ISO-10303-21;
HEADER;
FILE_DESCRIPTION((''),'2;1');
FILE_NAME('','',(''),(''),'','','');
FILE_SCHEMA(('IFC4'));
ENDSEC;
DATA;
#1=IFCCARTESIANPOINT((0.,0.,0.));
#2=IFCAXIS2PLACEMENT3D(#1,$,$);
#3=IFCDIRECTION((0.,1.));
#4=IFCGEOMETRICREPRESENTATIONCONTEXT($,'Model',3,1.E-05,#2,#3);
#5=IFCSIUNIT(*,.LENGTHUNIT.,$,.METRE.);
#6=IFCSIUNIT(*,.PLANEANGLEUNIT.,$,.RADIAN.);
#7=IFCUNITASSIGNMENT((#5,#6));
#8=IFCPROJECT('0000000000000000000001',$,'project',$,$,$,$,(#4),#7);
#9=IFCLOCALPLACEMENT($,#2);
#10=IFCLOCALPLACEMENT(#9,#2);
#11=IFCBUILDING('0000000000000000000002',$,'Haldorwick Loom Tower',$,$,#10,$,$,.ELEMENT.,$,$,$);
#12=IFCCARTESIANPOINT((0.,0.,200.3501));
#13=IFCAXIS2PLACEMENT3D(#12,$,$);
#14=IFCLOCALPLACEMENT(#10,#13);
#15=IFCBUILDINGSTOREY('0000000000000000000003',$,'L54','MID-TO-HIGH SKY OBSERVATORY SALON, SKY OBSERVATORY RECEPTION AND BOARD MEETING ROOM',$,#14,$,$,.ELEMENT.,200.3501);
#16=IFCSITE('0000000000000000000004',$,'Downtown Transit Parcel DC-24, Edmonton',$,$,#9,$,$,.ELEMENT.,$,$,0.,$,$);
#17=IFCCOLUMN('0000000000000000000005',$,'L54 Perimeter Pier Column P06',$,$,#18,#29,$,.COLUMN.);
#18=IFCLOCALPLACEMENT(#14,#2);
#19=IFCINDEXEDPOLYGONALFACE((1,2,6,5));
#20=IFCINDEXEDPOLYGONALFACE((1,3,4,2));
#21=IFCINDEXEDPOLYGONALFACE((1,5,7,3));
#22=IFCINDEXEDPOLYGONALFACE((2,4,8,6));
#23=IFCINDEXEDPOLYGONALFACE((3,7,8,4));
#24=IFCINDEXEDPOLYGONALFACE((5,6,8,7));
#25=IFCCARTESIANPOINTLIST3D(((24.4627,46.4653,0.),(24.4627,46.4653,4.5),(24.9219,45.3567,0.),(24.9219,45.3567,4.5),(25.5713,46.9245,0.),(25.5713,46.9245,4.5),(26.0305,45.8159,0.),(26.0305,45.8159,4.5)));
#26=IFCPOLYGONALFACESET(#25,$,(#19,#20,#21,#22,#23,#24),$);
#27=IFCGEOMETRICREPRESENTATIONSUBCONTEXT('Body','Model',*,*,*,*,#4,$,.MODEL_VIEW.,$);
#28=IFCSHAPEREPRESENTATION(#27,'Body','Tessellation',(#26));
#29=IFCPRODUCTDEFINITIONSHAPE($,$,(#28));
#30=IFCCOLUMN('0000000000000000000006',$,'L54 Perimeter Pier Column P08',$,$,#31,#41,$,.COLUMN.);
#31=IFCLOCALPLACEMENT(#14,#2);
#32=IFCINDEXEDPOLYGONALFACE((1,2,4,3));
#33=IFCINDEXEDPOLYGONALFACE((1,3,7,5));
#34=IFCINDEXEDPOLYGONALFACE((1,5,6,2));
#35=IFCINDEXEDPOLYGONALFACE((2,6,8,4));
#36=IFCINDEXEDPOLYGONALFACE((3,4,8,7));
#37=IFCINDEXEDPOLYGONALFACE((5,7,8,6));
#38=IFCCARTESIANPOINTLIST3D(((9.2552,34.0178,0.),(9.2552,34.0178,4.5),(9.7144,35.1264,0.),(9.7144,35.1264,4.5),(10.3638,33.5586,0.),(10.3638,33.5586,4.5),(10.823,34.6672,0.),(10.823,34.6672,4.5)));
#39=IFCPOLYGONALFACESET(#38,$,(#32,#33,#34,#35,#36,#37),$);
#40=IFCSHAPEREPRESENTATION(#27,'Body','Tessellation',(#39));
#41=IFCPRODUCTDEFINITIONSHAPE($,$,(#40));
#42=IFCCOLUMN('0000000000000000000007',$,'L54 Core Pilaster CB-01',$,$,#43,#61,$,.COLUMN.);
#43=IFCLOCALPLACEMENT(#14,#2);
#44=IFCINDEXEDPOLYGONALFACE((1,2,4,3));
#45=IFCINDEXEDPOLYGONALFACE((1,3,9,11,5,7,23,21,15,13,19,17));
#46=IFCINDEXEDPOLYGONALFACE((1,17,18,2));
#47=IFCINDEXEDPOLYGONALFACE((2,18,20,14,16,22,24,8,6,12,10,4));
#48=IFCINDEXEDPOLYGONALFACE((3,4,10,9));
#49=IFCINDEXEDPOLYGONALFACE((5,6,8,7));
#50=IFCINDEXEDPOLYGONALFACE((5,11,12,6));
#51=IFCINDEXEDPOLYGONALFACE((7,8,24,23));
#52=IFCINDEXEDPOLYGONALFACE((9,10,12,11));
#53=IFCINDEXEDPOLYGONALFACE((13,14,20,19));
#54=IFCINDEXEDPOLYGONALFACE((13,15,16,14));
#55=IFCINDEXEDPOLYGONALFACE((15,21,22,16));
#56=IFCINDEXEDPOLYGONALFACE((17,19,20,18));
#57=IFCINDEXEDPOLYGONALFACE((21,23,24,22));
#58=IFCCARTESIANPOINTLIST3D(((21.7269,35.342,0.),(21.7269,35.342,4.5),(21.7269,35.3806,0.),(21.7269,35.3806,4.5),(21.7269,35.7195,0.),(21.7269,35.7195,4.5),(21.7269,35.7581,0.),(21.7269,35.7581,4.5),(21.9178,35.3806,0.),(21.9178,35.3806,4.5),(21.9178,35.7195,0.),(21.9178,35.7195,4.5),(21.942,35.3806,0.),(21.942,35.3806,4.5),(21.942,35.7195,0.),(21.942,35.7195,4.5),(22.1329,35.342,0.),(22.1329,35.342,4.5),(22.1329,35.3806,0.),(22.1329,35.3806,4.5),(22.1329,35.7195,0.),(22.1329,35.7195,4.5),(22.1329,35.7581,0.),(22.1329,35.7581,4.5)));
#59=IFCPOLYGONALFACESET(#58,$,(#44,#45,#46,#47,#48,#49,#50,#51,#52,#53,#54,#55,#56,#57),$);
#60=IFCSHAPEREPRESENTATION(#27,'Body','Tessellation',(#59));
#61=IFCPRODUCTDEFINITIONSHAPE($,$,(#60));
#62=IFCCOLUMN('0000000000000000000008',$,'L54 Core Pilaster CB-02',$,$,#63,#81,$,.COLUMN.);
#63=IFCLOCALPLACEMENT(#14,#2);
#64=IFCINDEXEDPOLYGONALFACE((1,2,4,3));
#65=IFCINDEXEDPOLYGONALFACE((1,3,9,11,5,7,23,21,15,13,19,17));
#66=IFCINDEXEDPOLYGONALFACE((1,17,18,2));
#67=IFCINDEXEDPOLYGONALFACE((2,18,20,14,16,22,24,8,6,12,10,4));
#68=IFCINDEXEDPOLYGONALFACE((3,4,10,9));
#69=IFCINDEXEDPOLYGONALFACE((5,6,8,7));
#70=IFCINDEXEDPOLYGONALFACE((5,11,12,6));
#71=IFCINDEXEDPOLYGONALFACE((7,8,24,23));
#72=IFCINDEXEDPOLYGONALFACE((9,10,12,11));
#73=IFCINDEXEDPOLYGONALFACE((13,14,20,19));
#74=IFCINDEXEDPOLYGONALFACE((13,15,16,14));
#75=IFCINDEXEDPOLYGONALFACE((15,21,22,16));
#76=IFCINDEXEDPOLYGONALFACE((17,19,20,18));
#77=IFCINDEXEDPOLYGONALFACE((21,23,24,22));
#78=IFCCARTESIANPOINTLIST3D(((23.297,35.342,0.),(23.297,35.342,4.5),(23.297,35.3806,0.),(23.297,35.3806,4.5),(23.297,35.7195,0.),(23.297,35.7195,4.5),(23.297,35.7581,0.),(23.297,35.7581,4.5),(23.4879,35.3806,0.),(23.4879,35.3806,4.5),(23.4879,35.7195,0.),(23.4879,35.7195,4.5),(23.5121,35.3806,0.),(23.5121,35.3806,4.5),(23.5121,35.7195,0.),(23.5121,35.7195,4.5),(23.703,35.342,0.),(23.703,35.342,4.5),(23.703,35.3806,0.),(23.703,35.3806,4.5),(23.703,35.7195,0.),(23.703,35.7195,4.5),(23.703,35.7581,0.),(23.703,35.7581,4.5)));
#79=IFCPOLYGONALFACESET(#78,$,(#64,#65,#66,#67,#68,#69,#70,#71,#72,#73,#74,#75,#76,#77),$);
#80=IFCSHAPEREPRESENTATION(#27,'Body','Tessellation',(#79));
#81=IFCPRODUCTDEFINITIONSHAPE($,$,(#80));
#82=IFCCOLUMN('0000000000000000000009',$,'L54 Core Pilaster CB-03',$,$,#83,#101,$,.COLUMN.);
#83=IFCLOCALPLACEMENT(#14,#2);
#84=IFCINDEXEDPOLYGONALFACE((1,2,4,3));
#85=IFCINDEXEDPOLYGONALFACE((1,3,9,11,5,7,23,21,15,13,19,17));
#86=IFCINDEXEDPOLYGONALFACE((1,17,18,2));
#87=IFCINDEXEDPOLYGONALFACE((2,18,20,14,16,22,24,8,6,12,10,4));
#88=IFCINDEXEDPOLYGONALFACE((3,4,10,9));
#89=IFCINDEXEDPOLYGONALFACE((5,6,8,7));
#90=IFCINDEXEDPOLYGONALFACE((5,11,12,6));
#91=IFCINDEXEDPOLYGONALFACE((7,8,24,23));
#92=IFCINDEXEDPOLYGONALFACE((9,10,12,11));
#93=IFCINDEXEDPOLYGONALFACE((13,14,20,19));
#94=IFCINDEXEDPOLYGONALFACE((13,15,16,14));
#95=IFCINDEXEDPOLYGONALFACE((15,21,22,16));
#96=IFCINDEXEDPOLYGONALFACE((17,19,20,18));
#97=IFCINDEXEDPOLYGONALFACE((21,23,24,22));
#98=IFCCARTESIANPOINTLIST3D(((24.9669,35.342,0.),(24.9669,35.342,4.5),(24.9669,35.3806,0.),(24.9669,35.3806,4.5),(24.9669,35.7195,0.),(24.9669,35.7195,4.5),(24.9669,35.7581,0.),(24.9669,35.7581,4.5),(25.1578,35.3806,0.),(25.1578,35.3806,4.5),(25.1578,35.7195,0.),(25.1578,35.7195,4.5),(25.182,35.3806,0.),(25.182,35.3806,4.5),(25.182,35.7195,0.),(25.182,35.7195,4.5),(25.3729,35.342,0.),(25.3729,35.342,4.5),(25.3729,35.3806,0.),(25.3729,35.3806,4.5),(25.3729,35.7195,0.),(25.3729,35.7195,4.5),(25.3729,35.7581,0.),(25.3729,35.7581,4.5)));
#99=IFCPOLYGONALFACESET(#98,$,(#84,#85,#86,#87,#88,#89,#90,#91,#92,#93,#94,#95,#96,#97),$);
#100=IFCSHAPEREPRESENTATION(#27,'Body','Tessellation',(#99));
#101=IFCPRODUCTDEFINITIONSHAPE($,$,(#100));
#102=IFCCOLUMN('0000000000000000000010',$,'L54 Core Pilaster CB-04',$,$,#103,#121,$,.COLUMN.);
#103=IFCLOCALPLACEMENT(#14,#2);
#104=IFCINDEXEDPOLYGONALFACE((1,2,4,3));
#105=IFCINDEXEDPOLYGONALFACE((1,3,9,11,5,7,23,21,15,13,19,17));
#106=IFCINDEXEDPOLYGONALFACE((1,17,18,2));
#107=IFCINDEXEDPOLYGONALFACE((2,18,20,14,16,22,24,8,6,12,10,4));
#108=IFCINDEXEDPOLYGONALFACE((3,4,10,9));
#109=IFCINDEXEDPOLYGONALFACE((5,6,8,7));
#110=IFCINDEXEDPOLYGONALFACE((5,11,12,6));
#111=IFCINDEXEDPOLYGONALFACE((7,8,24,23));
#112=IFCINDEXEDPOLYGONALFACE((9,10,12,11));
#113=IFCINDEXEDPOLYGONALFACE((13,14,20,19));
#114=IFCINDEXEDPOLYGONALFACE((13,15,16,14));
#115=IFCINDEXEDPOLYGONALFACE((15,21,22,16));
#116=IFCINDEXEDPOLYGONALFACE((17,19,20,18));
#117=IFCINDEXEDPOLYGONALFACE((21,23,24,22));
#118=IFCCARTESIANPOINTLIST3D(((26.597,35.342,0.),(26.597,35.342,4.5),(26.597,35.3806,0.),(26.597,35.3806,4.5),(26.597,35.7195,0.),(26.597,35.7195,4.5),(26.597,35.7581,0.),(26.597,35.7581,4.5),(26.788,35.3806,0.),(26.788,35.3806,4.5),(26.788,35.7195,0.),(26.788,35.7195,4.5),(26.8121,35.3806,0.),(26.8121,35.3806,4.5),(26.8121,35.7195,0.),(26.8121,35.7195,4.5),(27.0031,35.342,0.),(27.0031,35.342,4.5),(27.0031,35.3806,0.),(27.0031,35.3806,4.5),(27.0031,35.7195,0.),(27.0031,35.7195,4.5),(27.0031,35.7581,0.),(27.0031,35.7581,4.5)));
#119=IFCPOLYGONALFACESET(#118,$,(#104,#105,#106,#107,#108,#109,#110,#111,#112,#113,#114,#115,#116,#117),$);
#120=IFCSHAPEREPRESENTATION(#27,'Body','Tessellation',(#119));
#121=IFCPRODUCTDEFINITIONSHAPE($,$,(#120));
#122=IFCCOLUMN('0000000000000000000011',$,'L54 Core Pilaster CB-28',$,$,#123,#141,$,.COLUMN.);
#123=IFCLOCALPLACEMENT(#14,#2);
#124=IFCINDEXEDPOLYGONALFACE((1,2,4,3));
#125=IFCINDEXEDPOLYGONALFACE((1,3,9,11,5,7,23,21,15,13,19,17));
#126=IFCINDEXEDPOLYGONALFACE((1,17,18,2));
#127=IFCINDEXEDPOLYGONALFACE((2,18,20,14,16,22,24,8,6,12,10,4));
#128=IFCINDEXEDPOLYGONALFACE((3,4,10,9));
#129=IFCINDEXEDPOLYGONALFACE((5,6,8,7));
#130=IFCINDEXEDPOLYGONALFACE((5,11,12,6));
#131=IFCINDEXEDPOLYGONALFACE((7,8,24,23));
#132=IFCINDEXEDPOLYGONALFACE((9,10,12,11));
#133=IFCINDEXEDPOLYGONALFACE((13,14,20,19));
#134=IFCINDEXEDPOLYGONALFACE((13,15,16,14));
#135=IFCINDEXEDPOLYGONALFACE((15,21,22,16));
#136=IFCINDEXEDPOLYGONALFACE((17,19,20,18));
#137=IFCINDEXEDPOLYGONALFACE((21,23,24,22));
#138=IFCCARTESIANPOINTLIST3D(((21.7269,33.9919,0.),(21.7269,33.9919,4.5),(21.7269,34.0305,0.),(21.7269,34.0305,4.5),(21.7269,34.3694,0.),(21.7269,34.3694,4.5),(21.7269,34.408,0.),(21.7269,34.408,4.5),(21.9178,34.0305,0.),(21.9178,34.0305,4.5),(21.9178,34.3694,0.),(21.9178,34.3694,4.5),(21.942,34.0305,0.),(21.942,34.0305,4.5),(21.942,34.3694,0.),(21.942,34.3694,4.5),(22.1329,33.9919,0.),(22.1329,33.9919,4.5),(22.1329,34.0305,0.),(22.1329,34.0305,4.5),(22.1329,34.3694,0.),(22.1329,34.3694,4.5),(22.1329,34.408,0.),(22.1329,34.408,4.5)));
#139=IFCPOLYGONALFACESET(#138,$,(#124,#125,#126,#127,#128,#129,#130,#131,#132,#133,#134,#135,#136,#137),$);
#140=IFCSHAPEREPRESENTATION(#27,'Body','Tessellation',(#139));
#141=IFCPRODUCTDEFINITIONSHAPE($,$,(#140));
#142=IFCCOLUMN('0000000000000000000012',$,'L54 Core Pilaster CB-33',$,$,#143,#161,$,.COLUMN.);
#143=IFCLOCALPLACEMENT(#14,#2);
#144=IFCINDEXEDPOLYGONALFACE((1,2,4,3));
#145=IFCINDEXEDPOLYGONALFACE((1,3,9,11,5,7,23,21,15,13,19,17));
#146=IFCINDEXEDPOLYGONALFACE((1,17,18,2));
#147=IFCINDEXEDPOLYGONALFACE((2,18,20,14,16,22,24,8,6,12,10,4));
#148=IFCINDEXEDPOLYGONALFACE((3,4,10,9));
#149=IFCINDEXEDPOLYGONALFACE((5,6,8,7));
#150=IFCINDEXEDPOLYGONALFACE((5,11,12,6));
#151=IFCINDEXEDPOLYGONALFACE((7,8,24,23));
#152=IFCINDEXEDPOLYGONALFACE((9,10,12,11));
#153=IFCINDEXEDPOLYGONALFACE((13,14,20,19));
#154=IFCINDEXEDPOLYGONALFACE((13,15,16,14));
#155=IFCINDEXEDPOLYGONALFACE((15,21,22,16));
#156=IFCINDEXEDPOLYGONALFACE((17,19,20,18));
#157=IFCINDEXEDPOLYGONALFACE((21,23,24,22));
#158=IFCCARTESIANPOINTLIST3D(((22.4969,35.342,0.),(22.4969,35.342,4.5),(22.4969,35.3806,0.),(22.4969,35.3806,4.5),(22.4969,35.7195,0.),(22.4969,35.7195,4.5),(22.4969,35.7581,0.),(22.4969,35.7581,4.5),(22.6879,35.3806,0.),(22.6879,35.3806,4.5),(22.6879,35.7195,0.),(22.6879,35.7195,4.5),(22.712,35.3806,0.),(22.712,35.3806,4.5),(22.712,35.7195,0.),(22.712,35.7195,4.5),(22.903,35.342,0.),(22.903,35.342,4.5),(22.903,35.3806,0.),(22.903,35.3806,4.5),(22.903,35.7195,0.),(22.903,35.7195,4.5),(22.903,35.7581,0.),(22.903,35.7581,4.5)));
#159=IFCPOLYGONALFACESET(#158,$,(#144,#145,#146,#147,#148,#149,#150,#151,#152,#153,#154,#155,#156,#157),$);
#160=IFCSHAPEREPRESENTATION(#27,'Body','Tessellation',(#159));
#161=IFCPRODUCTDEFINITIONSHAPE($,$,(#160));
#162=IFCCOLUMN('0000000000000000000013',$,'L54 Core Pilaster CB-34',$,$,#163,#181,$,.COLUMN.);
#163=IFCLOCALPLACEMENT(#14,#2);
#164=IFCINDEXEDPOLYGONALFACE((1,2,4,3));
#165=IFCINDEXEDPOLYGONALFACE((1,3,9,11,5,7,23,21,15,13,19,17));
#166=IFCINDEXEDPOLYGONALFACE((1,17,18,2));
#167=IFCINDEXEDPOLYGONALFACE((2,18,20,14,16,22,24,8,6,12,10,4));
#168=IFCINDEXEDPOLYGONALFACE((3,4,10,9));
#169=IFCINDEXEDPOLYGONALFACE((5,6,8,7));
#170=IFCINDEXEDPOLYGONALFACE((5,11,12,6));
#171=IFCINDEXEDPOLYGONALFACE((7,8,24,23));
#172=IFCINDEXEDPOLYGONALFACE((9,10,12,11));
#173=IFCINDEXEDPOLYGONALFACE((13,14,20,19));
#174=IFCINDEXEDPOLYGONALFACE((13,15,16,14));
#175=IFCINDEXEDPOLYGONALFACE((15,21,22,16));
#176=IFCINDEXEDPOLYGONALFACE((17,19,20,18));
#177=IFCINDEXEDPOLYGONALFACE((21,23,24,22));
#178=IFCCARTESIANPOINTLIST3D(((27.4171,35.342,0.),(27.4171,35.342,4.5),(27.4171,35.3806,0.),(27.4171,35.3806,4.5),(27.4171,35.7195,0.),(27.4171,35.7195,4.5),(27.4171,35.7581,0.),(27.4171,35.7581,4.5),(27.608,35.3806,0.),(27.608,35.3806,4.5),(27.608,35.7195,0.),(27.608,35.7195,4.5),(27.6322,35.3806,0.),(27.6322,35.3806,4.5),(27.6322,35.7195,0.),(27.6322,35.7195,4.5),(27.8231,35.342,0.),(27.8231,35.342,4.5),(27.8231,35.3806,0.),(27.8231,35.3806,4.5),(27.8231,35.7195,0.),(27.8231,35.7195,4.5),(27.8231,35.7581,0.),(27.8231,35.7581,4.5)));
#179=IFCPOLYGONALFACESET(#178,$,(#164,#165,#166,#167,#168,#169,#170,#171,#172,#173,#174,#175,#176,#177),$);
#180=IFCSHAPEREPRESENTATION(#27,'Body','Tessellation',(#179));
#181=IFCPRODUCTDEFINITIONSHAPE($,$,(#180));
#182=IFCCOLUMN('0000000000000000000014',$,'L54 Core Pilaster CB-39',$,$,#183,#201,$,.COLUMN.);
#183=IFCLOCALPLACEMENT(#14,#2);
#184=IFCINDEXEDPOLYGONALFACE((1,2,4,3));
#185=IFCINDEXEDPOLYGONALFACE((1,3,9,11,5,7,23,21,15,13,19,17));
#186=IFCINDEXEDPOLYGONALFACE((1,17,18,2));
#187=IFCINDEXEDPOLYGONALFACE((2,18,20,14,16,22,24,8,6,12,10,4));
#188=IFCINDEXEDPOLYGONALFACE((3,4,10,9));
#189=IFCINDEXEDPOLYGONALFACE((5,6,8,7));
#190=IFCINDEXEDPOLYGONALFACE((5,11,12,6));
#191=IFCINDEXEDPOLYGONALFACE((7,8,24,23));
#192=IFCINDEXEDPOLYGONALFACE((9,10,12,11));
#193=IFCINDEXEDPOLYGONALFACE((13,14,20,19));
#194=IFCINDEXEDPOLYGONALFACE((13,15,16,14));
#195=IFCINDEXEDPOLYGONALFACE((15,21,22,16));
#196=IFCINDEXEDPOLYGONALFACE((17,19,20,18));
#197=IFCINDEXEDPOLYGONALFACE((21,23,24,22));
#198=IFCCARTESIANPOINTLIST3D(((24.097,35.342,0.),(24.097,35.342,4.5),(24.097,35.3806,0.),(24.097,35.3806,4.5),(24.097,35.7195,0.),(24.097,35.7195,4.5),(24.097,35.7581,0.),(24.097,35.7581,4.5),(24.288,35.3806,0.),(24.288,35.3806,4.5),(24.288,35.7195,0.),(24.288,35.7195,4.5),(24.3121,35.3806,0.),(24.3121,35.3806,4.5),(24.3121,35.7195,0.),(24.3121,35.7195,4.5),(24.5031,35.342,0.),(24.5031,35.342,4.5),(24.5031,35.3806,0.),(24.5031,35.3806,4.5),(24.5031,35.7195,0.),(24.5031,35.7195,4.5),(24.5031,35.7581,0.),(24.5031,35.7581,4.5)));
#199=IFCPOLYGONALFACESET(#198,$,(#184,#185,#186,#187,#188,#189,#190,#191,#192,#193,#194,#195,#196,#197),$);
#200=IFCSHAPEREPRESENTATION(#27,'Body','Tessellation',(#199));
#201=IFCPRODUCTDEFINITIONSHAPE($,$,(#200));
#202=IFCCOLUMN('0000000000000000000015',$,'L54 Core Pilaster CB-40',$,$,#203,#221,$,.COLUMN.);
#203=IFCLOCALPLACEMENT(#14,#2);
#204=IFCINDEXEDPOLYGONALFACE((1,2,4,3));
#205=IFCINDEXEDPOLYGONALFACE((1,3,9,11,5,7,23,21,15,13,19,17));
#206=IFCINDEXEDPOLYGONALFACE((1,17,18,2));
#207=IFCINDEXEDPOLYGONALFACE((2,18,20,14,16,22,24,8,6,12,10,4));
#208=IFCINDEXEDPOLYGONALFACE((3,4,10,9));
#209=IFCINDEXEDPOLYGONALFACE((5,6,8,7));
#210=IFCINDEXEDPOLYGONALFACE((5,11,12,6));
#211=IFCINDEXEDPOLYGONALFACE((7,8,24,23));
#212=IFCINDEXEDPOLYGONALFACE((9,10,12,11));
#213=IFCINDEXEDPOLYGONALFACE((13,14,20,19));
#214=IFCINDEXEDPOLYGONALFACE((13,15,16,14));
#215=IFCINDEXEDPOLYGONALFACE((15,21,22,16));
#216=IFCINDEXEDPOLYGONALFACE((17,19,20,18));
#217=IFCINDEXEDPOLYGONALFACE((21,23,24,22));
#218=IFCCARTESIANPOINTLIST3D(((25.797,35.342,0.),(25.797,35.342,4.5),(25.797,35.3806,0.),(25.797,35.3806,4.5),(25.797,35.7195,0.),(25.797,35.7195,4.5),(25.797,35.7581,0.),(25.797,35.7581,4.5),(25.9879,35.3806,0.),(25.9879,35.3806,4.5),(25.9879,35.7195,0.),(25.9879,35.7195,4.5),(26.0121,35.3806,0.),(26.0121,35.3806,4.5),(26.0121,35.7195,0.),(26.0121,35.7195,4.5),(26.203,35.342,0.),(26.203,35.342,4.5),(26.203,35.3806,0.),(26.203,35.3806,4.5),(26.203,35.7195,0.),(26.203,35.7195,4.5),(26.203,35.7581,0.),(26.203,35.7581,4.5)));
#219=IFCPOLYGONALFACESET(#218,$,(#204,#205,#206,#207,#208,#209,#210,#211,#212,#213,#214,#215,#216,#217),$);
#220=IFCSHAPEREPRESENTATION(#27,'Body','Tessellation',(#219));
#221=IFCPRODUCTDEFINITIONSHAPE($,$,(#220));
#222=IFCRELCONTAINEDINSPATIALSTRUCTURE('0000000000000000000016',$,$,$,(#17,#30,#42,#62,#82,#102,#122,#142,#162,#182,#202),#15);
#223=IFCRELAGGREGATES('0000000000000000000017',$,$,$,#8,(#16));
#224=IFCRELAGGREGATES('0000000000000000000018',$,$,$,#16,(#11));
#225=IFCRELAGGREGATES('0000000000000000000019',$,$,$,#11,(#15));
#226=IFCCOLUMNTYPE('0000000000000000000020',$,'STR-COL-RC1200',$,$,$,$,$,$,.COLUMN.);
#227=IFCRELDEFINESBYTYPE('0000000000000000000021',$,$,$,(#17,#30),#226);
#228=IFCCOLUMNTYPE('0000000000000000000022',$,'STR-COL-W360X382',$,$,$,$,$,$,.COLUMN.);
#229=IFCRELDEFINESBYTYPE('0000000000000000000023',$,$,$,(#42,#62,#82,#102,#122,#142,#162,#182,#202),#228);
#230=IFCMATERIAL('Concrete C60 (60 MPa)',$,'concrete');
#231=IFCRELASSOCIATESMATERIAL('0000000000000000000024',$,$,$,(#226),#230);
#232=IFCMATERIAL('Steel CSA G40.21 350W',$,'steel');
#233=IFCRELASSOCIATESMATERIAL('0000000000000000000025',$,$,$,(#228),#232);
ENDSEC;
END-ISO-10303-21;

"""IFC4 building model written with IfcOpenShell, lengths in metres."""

from ifc_helpers import new_model, si_unit, direction, frame, origin, origin_2d, place, context, subcontext, project, spatial, rectangle, i_section, extrude, material, material_profile, profile_set, type_object, element, save


model = new_model("IFC4")

# Units and contexts
model_context = context("Model", 3, precision=1e-05, world=origin(), true_north=direction((0.0, 1.0)))
body_context = subcontext(model_context, "Body", "Model", "MODEL_VIEW")
ifc_project = project(units=[si_unit("LENGTHUNIT", "METRE"), si_unit("PLANEANGLEUNIT", "RADIAN")], contexts=[model_context])

# Site, building, storey
site_placement = place(None, origin())
site = spatial("IfcSite", under=ifc_project, at=site_placement, Name="Downtown Transit Parcel DC-24, Edmonton", CompositionType="ELEMENT", RefElevation=0.0)
building_placement = place(site_placement, origin())
building = spatial("IfcBuilding", under=site, at=building_placement, Name="Haldorwick Loom Tower", CompositionType="ELEMENT")
storey_placement = place(building_placement, frame((0.0, 0.0, 200.3501)))
storey = spatial("IfcBuildingStorey", under=building, at=storey_placement, Name="L54", Description="MID-TO-HIGH SKY OBSERVATORY SALON, SKY OBSERVATORY RECEPTION AND BOARD MEETING ROOM", CompositionType="ELEMENT", Elevation=200.3501)

# Columns
ifc_material_1 = material(Name="Concrete C60 (60 MPa)", Category="concrete")
ifc_material_profile_1 = material_profile(ifc_material_1, rectangle(XDim=1.2, YDim=1.2, at=origin_2d()), Name="RC1200X1200", Category="concrete")
ifc_profile_set_1 = profile_set([ifc_material_profile_1], Name="Concrete C60 (60 MPa)")
column_type_1 = type_object("IfcColumnType", Name="STR-COL-RC1200", PredefinedType="COLUMN", material=ifc_profile_set_1)
for number, where, z_axis, x_axis, name in (
    (1, (25.2466, 46.1406, 0.0), (0.0, 0.0, 1.0), (-0.382683, 0.92388, 0.0), "L54 Perimeter Pier Column P06"),
    (2, (10.0391, 34.3425, 0.0), (0.0, 0.0, 1.0), (-0.92388, 0.382683, 0.0), "L54 Perimeter Pier Column P08"),
):
    element("IfcColumn", number, at=place(storey_placement, frame(where, z_axis=z_axis, x_axis=x_axis)), inside=storey, type_object=column_type_1, Name=name, PredefinedType="COLUMN", context=body_context, shape_type="SweptSolid", body=[
        extrude(rectangle(XDim=1.2, YDim=1.2, at=origin_2d()), origin(), (0.0, 0.0, 1.0), 4.5),
    ])
ifc_material_2 = material(Name="Steel CSA G40.21 350W", Category="steel")
ifc_material_profile_2 = material_profile(ifc_material_2, i_section(OverallWidth=0.406, OverallDepth=0.416, WebThickness=0.0242, FlangeThickness=0.0386, at=origin_2d()), Name="W360X382", Category="steel")
ifc_profile_set_2 = profile_set([ifc_material_profile_2], Name="Steel CSA G40.21 350W")
column_type_2 = type_object("IfcColumnType", Name="STR-COL-W360X382", PredefinedType="COLUMN", material=ifc_profile_set_2)
for number, where, z_axis, x_axis, name in (
    (3, (21.9299, 35.55, 0.0), (0.0, 0.0, 1.0), (1.0, 0.0, 0.0), "L54 Core Pilaster CB-01"),
    (4, (23.5, 35.55, 0.0), (0.0, 0.0, 1.0), (1.0, 0.0, 0.0), "L54 Core Pilaster CB-02"),
    (5, (25.1699, 35.55, 0.0), (0.0, 0.0, 1.0), (1.0, 0.0, 0.0), "L54 Core Pilaster CB-03"),
    (6, (26.8, 35.55, 0.0), (0.0, 0.0, 1.0), (1.0, 0.0, 0.0), "L54 Core Pilaster CB-04"),
    (7, (21.9299, 34.2, 0.0), (0.0, 0.0, 1.0), (1.0, 0.0, 0.0), "L54 Core Pilaster CB-28"),
    (8, (22.7, 35.55, 0.0), (0.0, 0.0, 1.0), (1.0, 0.0, 0.0), "L54 Core Pilaster CB-33"),
    (9, (27.6201, 35.55, 0.0), (0.0, 0.0, 1.0), (1.0, 0.0, 0.0), "L54 Core Pilaster CB-34"),
    (10, (24.3, 35.55, 0.0), (0.0, 0.0, 1.0), (1.0, 0.0, 0.0), "L54 Core Pilaster CB-39"),
    (11, (26.0, 35.55, 0.0), (0.0, 0.0, 1.0), (1.0, 0.0, 0.0), "L54 Core Pilaster CB-40"),
):
    element("IfcColumn", number, at=place(storey_placement, frame(where, z_axis=z_axis, x_axis=x_axis)), inside=storey, type_object=column_type_2, Name=name, PredefinedType="COLUMN", context=body_context, shape_type="SweptSolid", body=[
        extrude(i_section(OverallWidth=0.406, OverallDepth=0.416, WebThickness=0.0242, FlangeThickness=0.0386, at=origin_2d()), origin(), (0.0, 0.0, 1.0), 4.5),
    ])

save(model, "model.ifc")
